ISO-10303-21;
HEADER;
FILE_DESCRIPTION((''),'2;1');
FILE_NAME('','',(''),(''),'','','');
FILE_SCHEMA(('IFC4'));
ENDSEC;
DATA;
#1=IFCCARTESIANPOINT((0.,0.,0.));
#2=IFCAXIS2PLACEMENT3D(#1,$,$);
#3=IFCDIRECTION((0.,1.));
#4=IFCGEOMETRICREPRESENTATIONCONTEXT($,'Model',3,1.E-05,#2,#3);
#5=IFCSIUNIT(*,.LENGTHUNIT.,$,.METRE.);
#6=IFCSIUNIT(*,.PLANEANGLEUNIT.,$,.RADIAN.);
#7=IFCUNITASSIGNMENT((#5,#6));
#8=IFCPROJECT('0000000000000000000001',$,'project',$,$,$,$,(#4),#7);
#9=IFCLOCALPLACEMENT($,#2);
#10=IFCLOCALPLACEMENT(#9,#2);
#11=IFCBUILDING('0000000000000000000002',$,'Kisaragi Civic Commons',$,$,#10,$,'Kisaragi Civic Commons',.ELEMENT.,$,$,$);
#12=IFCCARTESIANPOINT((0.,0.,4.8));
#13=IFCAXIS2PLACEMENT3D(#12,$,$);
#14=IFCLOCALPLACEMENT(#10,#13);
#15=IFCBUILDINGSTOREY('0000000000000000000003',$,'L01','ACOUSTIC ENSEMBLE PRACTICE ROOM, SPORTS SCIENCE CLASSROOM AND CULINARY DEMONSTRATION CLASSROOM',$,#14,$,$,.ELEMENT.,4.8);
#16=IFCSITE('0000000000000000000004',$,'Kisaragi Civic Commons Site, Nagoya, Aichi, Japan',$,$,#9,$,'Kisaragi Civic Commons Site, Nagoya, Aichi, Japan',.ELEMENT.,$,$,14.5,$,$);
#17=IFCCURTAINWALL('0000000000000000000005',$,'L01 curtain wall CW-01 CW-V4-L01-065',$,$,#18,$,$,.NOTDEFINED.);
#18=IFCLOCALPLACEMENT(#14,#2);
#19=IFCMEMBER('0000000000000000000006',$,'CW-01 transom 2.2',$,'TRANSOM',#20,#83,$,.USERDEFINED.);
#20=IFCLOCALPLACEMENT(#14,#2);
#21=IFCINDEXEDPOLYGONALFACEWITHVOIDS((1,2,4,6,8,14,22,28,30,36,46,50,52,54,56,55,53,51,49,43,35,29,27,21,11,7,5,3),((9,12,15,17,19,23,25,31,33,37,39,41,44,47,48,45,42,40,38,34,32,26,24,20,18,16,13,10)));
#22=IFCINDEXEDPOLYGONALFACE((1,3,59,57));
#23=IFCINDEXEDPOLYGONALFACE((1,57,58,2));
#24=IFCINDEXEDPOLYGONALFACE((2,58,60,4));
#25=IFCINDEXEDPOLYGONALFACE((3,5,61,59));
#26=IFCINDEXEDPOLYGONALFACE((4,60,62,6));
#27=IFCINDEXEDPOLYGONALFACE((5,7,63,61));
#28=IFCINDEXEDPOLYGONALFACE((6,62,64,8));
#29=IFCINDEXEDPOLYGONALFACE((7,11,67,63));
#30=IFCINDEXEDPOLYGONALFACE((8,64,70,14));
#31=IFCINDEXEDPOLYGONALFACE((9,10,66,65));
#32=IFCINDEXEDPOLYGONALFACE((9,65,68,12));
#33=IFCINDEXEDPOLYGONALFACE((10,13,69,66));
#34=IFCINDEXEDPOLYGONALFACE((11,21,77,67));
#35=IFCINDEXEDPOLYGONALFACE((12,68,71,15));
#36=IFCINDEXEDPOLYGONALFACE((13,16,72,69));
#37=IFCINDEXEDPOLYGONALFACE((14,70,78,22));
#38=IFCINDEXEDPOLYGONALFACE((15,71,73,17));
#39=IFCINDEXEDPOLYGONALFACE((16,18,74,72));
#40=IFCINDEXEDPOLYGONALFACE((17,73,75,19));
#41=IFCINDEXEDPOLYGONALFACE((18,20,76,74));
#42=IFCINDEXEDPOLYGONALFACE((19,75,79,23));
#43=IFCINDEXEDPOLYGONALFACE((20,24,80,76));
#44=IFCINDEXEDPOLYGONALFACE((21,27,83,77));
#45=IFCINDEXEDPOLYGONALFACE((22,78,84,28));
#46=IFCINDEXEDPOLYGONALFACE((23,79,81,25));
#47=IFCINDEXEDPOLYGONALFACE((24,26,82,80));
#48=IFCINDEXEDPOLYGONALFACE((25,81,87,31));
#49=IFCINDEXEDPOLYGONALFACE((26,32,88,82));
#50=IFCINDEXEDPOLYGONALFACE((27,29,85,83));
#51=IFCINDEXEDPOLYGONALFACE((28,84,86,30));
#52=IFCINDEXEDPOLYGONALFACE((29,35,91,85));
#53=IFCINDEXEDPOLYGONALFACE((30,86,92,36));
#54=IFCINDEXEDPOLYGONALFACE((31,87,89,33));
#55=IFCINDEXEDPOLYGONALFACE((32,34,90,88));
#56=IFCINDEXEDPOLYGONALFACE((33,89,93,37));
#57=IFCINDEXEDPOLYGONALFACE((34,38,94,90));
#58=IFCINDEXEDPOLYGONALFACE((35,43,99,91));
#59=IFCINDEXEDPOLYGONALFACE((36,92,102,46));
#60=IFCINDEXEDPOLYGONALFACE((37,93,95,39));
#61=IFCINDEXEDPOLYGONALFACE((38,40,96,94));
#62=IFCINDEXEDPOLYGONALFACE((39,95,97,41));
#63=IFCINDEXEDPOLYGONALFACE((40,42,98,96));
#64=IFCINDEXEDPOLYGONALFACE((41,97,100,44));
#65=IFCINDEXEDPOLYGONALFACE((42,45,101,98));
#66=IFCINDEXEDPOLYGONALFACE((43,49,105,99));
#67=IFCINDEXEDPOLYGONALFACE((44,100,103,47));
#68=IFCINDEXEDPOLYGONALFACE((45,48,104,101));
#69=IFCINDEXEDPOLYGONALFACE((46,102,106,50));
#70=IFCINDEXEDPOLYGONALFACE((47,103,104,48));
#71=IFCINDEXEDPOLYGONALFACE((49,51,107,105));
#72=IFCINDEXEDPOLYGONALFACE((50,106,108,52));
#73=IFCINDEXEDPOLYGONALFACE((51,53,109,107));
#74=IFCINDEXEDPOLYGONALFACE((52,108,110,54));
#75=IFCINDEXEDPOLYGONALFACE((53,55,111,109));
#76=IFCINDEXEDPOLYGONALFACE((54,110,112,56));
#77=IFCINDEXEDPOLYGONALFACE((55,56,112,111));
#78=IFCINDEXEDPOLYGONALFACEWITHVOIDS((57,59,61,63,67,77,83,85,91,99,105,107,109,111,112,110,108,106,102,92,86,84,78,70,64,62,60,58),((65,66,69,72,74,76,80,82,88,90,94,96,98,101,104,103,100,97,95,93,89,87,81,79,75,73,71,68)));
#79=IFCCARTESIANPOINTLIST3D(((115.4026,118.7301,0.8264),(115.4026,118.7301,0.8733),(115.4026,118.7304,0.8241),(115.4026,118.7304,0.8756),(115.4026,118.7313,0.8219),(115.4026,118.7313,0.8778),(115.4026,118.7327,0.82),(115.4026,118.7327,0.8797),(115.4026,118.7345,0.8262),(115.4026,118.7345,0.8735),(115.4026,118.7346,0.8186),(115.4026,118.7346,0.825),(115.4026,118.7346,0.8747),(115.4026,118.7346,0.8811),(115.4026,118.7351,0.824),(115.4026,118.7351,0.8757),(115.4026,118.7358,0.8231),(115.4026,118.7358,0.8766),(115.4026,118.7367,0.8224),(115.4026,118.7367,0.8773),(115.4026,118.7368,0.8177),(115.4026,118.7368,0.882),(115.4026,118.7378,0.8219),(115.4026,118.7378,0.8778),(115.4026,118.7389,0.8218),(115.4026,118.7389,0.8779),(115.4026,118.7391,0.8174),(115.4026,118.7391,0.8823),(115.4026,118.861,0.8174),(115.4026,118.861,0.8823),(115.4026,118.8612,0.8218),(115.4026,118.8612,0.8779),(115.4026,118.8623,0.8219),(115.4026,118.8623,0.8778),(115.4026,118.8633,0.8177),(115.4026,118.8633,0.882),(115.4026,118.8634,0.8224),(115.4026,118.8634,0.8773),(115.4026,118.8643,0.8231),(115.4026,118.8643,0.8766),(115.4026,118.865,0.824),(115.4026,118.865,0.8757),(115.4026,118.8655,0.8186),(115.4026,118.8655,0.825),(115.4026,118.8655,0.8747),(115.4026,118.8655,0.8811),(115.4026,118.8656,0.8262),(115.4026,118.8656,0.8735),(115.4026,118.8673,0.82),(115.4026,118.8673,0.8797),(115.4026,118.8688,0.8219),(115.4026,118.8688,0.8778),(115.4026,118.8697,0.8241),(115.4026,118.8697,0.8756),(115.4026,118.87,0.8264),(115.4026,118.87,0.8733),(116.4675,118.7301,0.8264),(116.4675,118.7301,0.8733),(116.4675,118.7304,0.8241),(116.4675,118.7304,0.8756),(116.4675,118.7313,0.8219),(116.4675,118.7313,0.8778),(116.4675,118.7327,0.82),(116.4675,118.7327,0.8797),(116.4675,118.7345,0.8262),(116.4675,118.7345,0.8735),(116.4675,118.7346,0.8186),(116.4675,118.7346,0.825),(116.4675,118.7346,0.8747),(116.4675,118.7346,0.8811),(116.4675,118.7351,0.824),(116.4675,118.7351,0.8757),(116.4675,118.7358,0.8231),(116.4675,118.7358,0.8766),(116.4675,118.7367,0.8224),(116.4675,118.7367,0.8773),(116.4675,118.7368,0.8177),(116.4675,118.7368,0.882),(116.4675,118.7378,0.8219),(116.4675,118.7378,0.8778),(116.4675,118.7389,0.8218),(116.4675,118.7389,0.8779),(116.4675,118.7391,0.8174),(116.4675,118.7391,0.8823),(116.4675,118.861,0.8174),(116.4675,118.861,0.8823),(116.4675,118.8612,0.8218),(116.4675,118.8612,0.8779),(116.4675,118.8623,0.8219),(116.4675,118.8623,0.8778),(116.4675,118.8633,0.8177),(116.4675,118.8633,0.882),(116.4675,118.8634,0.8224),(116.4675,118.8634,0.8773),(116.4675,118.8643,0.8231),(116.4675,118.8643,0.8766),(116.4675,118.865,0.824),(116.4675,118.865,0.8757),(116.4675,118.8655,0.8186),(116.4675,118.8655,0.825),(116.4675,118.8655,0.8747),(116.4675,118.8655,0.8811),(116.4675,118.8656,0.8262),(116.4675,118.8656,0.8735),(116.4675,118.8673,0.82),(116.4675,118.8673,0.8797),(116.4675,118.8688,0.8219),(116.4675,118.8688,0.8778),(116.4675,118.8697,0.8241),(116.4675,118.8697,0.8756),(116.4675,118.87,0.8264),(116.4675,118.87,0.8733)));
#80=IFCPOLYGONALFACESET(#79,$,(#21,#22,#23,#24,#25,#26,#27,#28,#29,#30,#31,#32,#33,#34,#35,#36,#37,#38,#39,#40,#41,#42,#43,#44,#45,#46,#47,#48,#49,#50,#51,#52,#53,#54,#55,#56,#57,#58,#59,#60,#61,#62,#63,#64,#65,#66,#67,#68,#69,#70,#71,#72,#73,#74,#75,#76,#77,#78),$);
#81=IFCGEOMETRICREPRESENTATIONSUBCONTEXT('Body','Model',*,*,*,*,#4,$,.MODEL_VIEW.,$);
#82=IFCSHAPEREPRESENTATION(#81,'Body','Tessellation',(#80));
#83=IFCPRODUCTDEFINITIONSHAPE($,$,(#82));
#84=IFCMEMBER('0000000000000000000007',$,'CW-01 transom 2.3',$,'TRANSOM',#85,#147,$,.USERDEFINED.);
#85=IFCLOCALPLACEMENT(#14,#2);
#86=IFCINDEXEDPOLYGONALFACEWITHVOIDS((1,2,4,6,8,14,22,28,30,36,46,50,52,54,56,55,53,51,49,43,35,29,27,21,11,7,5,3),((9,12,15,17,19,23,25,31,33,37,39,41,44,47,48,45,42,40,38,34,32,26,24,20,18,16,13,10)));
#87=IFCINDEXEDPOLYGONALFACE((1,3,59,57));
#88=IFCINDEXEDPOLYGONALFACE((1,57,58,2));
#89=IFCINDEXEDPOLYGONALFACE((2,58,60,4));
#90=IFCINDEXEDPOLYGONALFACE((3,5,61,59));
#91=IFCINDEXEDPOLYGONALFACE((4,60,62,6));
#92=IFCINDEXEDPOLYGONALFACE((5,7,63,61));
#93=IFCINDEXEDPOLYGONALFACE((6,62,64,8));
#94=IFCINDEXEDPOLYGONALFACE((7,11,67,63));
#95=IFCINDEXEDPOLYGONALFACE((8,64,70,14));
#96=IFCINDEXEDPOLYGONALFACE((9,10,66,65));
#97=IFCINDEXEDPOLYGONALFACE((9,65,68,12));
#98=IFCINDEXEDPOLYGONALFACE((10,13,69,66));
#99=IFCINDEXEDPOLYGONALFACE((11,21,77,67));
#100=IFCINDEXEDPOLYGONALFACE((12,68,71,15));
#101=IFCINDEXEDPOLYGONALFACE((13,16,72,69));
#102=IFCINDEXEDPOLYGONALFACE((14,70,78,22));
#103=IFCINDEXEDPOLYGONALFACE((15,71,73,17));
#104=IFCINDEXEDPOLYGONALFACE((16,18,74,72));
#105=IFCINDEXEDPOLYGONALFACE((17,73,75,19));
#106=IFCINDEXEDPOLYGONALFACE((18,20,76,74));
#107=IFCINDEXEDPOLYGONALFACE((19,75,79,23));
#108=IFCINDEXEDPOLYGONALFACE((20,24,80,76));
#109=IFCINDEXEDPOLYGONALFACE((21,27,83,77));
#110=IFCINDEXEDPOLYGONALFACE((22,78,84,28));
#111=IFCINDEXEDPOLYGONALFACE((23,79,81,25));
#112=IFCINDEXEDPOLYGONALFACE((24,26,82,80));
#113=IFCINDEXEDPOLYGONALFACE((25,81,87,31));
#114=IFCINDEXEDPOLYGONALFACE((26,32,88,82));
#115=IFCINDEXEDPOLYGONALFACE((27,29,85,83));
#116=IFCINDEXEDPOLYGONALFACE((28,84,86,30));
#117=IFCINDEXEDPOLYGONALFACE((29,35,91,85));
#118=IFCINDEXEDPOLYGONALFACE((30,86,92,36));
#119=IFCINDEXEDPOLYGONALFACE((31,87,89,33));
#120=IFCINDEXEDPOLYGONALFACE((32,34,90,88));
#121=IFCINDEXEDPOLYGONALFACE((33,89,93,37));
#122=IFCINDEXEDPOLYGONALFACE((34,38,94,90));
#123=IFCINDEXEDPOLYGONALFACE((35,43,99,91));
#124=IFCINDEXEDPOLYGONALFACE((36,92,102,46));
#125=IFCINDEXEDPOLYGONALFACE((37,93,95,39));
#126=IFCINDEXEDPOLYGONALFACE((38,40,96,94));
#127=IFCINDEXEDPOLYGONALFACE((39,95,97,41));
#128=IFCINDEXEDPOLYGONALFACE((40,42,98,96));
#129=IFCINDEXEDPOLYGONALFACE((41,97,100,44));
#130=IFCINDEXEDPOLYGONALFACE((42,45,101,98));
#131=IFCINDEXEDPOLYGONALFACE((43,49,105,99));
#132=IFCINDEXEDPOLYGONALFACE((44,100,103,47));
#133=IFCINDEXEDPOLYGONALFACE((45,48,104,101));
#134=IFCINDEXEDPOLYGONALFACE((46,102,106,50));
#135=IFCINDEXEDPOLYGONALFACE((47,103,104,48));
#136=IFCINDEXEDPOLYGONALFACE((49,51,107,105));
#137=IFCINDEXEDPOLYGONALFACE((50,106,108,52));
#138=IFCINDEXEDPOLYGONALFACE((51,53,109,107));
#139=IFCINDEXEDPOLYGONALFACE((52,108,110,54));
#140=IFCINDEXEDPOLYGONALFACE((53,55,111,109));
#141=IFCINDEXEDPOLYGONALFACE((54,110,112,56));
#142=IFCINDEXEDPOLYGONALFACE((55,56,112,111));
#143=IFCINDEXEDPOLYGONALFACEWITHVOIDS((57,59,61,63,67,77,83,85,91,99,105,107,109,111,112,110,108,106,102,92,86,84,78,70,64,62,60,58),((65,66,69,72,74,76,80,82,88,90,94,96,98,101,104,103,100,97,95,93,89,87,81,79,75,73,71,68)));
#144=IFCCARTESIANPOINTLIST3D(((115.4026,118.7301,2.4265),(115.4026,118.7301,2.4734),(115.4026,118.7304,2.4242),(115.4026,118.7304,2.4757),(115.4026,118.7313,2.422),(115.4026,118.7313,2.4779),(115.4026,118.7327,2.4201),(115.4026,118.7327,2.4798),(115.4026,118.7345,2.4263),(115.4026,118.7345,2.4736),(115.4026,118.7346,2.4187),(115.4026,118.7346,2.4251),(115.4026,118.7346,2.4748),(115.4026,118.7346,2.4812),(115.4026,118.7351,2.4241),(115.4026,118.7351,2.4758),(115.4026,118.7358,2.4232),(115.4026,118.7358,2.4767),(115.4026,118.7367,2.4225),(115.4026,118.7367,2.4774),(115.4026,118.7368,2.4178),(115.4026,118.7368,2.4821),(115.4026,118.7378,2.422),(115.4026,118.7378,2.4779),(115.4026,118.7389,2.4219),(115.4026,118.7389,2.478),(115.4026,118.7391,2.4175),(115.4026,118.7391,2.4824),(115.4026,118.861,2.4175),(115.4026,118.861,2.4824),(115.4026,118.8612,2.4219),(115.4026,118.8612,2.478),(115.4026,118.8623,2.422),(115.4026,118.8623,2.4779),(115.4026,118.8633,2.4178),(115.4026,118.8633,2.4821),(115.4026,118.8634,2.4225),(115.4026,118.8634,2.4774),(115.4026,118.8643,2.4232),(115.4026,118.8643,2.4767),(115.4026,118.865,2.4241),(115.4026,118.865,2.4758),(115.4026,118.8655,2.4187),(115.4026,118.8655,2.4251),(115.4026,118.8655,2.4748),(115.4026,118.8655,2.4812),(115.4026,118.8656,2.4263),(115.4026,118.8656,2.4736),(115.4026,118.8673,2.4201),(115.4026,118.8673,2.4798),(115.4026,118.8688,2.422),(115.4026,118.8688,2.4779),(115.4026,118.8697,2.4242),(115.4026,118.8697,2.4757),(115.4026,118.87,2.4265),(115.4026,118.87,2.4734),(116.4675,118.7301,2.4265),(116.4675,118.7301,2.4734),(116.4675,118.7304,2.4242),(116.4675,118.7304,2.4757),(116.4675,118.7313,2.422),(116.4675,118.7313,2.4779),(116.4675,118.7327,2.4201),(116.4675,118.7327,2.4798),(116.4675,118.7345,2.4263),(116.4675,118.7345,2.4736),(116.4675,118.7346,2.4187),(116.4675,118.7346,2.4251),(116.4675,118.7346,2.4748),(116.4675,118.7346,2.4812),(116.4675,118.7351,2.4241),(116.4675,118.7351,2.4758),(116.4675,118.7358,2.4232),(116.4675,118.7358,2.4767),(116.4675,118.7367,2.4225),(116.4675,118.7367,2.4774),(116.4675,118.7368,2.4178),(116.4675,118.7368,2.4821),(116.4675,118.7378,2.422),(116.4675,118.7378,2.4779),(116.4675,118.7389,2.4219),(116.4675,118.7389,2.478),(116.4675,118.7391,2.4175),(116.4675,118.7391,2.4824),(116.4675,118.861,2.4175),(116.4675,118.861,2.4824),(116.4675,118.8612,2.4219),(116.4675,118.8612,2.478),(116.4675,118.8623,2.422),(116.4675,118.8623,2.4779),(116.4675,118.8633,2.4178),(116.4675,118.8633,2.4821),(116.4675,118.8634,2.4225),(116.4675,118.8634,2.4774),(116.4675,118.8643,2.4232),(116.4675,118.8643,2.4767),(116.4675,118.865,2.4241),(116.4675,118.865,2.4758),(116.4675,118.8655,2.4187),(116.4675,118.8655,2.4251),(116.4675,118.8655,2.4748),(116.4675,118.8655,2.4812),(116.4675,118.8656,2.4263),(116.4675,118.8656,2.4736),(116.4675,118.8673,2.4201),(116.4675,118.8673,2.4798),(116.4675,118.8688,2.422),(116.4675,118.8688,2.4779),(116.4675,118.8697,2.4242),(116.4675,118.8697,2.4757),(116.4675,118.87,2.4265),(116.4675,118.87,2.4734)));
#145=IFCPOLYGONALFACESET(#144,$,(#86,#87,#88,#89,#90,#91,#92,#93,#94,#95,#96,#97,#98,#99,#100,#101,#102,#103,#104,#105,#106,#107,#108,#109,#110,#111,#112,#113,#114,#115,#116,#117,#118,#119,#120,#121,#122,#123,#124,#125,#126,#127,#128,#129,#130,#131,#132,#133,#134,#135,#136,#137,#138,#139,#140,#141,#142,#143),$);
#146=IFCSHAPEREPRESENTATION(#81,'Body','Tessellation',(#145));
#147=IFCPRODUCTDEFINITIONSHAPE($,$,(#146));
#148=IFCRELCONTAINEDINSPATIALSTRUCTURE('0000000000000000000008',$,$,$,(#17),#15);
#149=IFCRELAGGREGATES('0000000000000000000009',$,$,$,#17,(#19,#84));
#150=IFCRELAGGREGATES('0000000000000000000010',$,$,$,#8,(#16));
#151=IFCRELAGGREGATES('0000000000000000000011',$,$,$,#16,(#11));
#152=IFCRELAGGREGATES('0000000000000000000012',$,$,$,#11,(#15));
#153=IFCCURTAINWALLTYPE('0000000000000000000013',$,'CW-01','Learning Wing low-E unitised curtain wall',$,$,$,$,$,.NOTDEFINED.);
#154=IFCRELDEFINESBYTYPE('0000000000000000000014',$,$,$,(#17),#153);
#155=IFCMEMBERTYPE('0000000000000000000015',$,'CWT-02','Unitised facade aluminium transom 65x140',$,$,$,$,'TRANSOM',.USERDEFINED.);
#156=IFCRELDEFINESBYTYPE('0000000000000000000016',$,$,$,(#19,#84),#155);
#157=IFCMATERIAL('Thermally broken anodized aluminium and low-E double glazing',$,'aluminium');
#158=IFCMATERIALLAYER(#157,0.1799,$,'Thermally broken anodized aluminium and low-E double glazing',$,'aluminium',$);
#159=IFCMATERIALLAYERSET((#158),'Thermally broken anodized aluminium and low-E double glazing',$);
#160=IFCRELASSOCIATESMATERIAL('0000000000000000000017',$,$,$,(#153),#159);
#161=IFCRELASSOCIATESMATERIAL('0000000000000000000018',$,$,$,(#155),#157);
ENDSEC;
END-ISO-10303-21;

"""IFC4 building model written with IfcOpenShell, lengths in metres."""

from ifc_helpers import new_model, si_unit, direction, frame, origin, origin_2d, place, context, subcontext, project, spatial, hollow_rectangle, extrude, material, layer, layer_set, material_profile, profile_set, type_object, element, aggregate, save


model = new_model("IFC4")

# Units and contexts
model_context = context("Model", 3, precision=1e-05, world=origin(), true_north=direction((0.0, 1.0)))
body_context = subcontext(model_context, "Body", "Model", "MODEL_VIEW")
ifc_project = project(units=[si_unit("LENGTHUNIT", "METRE"), si_unit("PLANEANGLEUNIT", "RADIAN")], contexts=[model_context])

# Site, building, storey
site_placement = place(None, origin())
site = spatial("IfcSite", under=ifc_project, at=site_placement, Name="Kisaragi Civic Commons Site, Nagoya, Aichi, Japan", LongName="Kisaragi Civic Commons Site, Nagoya, Aichi, Japan", CompositionType="ELEMENT", RefElevation=14.5)
building_placement = place(site_placement, origin())
building = spatial("IfcBuilding", under=site, at=building_placement, Name="Kisaragi Civic Commons", LongName="Kisaragi Civic Commons", CompositionType="ELEMENT")
storey_placement = place(building_placement, frame((0.0, 0.0, 4.8)))
storey = spatial("IfcBuildingStorey", under=building, at=storey_placement, Name="L01", Description="ACOUSTIC ENSEMBLE PRACTICE ROOM, SPORTS SCIENCE CLASSROOM AND CULINARY DEMONSTRATION CLASSROOM", CompositionType="ELEMENT", Elevation=4.8)

# Curtain wall, members
ifc_material_1 = material(Name="Thermally broken anodized aluminium and low-E double glazing", Category="aluminium")
ifc_layer_1 = layer(ifc_material_1, 0.1799, Name="Thermally broken anodized aluminium and low-E double glazing", Category="aluminium")
ifc_layer_set_1 = layer_set([ifc_layer_1], Name="Thermally broken anodized aluminium and low-E double glazing")
curtain_wall_type = type_object("IfcCurtainWallType", Name="CW-01", Description="Learning Wing low-E unitised curtain wall", PredefinedType="NOTDEFINED", material=ifc_layer_set_1)
curtain_wall_placement = place(storey_placement, origin())
curtain_wall = element("IfcCurtainWall", 1, at=curtain_wall_placement, inside=storey, type_object=curtain_wall_type, Name="L01 curtain wall CW-01 CW-V4-L01-065", PredefinedType="NOTDEFINED")
ifc_material_profile_1 = material_profile(ifc_material_1, hollow_rectangle(XDim=0.1399, YDim=0.0649, WallThickness=0.0044, InnerFilletRadius=0.0044, OuterFilletRadius=0.009, at=origin_2d()), Name="CWT-65x140x4.5", Category="aluminium")
ifc_profile_set_1 = profile_set([ifc_material_profile_1], Name="Thermally broken anodized aluminium and low-E double glazing")
member_type_1 = type_object("IfcMemberType", Name="CWT-02", Description="Unitised facade aluminium transom 65x140", ElementType="TRANSOM", PredefinedType="USERDEFINED", material=ifc_profile_set_1)
member_1_placement = place(storey_placement, frame((115.4026, 118.8, 0.8499), z_axis=(1.0, 0.0, 0.0), x_axis=(0.0, 1.0, 0.0)))
member_1 = element("IfcMember", 2, at=member_1_placement, type_object=member_type_1, Name="CW-01 transom 2.2", ObjectType="TRANSOM", PredefinedType="USERDEFINED", context=body_context, shape_type="SweptSolid", body=[
    extrude(hollow_rectangle(XDim=0.1399, YDim=0.0649, WallThickness=0.0044, InnerFilletRadius=0.0044, OuterFilletRadius=0.009, at=origin_2d()), origin(), (0.0, 0.0, 1.0), 1.0649),
])
member_2_placement = place(storey_placement, frame((115.4026, 118.8, 2.45), z_axis=(1.0, 0.0, 0.0), x_axis=(0.0, 1.0, 0.0)))
member_2 = element("IfcMember", 3, at=member_2_placement, type_object=member_type_1, Name="CW-01 transom 2.3", ObjectType="TRANSOM", PredefinedType="USERDEFINED", context=body_context, shape_type="SweptSolid", body=[
    extrude(hollow_rectangle(XDim=0.1399, YDim=0.0649, WallThickness=0.0044, InnerFilletRadius=0.0044, OuterFilletRadius=0.009, at=origin_2d()), origin(), (0.0, 0.0, 1.0), 1.0649),
])
aggregate(curtain_wall, [member_1, member_2])

save(model, "model.ifc")
